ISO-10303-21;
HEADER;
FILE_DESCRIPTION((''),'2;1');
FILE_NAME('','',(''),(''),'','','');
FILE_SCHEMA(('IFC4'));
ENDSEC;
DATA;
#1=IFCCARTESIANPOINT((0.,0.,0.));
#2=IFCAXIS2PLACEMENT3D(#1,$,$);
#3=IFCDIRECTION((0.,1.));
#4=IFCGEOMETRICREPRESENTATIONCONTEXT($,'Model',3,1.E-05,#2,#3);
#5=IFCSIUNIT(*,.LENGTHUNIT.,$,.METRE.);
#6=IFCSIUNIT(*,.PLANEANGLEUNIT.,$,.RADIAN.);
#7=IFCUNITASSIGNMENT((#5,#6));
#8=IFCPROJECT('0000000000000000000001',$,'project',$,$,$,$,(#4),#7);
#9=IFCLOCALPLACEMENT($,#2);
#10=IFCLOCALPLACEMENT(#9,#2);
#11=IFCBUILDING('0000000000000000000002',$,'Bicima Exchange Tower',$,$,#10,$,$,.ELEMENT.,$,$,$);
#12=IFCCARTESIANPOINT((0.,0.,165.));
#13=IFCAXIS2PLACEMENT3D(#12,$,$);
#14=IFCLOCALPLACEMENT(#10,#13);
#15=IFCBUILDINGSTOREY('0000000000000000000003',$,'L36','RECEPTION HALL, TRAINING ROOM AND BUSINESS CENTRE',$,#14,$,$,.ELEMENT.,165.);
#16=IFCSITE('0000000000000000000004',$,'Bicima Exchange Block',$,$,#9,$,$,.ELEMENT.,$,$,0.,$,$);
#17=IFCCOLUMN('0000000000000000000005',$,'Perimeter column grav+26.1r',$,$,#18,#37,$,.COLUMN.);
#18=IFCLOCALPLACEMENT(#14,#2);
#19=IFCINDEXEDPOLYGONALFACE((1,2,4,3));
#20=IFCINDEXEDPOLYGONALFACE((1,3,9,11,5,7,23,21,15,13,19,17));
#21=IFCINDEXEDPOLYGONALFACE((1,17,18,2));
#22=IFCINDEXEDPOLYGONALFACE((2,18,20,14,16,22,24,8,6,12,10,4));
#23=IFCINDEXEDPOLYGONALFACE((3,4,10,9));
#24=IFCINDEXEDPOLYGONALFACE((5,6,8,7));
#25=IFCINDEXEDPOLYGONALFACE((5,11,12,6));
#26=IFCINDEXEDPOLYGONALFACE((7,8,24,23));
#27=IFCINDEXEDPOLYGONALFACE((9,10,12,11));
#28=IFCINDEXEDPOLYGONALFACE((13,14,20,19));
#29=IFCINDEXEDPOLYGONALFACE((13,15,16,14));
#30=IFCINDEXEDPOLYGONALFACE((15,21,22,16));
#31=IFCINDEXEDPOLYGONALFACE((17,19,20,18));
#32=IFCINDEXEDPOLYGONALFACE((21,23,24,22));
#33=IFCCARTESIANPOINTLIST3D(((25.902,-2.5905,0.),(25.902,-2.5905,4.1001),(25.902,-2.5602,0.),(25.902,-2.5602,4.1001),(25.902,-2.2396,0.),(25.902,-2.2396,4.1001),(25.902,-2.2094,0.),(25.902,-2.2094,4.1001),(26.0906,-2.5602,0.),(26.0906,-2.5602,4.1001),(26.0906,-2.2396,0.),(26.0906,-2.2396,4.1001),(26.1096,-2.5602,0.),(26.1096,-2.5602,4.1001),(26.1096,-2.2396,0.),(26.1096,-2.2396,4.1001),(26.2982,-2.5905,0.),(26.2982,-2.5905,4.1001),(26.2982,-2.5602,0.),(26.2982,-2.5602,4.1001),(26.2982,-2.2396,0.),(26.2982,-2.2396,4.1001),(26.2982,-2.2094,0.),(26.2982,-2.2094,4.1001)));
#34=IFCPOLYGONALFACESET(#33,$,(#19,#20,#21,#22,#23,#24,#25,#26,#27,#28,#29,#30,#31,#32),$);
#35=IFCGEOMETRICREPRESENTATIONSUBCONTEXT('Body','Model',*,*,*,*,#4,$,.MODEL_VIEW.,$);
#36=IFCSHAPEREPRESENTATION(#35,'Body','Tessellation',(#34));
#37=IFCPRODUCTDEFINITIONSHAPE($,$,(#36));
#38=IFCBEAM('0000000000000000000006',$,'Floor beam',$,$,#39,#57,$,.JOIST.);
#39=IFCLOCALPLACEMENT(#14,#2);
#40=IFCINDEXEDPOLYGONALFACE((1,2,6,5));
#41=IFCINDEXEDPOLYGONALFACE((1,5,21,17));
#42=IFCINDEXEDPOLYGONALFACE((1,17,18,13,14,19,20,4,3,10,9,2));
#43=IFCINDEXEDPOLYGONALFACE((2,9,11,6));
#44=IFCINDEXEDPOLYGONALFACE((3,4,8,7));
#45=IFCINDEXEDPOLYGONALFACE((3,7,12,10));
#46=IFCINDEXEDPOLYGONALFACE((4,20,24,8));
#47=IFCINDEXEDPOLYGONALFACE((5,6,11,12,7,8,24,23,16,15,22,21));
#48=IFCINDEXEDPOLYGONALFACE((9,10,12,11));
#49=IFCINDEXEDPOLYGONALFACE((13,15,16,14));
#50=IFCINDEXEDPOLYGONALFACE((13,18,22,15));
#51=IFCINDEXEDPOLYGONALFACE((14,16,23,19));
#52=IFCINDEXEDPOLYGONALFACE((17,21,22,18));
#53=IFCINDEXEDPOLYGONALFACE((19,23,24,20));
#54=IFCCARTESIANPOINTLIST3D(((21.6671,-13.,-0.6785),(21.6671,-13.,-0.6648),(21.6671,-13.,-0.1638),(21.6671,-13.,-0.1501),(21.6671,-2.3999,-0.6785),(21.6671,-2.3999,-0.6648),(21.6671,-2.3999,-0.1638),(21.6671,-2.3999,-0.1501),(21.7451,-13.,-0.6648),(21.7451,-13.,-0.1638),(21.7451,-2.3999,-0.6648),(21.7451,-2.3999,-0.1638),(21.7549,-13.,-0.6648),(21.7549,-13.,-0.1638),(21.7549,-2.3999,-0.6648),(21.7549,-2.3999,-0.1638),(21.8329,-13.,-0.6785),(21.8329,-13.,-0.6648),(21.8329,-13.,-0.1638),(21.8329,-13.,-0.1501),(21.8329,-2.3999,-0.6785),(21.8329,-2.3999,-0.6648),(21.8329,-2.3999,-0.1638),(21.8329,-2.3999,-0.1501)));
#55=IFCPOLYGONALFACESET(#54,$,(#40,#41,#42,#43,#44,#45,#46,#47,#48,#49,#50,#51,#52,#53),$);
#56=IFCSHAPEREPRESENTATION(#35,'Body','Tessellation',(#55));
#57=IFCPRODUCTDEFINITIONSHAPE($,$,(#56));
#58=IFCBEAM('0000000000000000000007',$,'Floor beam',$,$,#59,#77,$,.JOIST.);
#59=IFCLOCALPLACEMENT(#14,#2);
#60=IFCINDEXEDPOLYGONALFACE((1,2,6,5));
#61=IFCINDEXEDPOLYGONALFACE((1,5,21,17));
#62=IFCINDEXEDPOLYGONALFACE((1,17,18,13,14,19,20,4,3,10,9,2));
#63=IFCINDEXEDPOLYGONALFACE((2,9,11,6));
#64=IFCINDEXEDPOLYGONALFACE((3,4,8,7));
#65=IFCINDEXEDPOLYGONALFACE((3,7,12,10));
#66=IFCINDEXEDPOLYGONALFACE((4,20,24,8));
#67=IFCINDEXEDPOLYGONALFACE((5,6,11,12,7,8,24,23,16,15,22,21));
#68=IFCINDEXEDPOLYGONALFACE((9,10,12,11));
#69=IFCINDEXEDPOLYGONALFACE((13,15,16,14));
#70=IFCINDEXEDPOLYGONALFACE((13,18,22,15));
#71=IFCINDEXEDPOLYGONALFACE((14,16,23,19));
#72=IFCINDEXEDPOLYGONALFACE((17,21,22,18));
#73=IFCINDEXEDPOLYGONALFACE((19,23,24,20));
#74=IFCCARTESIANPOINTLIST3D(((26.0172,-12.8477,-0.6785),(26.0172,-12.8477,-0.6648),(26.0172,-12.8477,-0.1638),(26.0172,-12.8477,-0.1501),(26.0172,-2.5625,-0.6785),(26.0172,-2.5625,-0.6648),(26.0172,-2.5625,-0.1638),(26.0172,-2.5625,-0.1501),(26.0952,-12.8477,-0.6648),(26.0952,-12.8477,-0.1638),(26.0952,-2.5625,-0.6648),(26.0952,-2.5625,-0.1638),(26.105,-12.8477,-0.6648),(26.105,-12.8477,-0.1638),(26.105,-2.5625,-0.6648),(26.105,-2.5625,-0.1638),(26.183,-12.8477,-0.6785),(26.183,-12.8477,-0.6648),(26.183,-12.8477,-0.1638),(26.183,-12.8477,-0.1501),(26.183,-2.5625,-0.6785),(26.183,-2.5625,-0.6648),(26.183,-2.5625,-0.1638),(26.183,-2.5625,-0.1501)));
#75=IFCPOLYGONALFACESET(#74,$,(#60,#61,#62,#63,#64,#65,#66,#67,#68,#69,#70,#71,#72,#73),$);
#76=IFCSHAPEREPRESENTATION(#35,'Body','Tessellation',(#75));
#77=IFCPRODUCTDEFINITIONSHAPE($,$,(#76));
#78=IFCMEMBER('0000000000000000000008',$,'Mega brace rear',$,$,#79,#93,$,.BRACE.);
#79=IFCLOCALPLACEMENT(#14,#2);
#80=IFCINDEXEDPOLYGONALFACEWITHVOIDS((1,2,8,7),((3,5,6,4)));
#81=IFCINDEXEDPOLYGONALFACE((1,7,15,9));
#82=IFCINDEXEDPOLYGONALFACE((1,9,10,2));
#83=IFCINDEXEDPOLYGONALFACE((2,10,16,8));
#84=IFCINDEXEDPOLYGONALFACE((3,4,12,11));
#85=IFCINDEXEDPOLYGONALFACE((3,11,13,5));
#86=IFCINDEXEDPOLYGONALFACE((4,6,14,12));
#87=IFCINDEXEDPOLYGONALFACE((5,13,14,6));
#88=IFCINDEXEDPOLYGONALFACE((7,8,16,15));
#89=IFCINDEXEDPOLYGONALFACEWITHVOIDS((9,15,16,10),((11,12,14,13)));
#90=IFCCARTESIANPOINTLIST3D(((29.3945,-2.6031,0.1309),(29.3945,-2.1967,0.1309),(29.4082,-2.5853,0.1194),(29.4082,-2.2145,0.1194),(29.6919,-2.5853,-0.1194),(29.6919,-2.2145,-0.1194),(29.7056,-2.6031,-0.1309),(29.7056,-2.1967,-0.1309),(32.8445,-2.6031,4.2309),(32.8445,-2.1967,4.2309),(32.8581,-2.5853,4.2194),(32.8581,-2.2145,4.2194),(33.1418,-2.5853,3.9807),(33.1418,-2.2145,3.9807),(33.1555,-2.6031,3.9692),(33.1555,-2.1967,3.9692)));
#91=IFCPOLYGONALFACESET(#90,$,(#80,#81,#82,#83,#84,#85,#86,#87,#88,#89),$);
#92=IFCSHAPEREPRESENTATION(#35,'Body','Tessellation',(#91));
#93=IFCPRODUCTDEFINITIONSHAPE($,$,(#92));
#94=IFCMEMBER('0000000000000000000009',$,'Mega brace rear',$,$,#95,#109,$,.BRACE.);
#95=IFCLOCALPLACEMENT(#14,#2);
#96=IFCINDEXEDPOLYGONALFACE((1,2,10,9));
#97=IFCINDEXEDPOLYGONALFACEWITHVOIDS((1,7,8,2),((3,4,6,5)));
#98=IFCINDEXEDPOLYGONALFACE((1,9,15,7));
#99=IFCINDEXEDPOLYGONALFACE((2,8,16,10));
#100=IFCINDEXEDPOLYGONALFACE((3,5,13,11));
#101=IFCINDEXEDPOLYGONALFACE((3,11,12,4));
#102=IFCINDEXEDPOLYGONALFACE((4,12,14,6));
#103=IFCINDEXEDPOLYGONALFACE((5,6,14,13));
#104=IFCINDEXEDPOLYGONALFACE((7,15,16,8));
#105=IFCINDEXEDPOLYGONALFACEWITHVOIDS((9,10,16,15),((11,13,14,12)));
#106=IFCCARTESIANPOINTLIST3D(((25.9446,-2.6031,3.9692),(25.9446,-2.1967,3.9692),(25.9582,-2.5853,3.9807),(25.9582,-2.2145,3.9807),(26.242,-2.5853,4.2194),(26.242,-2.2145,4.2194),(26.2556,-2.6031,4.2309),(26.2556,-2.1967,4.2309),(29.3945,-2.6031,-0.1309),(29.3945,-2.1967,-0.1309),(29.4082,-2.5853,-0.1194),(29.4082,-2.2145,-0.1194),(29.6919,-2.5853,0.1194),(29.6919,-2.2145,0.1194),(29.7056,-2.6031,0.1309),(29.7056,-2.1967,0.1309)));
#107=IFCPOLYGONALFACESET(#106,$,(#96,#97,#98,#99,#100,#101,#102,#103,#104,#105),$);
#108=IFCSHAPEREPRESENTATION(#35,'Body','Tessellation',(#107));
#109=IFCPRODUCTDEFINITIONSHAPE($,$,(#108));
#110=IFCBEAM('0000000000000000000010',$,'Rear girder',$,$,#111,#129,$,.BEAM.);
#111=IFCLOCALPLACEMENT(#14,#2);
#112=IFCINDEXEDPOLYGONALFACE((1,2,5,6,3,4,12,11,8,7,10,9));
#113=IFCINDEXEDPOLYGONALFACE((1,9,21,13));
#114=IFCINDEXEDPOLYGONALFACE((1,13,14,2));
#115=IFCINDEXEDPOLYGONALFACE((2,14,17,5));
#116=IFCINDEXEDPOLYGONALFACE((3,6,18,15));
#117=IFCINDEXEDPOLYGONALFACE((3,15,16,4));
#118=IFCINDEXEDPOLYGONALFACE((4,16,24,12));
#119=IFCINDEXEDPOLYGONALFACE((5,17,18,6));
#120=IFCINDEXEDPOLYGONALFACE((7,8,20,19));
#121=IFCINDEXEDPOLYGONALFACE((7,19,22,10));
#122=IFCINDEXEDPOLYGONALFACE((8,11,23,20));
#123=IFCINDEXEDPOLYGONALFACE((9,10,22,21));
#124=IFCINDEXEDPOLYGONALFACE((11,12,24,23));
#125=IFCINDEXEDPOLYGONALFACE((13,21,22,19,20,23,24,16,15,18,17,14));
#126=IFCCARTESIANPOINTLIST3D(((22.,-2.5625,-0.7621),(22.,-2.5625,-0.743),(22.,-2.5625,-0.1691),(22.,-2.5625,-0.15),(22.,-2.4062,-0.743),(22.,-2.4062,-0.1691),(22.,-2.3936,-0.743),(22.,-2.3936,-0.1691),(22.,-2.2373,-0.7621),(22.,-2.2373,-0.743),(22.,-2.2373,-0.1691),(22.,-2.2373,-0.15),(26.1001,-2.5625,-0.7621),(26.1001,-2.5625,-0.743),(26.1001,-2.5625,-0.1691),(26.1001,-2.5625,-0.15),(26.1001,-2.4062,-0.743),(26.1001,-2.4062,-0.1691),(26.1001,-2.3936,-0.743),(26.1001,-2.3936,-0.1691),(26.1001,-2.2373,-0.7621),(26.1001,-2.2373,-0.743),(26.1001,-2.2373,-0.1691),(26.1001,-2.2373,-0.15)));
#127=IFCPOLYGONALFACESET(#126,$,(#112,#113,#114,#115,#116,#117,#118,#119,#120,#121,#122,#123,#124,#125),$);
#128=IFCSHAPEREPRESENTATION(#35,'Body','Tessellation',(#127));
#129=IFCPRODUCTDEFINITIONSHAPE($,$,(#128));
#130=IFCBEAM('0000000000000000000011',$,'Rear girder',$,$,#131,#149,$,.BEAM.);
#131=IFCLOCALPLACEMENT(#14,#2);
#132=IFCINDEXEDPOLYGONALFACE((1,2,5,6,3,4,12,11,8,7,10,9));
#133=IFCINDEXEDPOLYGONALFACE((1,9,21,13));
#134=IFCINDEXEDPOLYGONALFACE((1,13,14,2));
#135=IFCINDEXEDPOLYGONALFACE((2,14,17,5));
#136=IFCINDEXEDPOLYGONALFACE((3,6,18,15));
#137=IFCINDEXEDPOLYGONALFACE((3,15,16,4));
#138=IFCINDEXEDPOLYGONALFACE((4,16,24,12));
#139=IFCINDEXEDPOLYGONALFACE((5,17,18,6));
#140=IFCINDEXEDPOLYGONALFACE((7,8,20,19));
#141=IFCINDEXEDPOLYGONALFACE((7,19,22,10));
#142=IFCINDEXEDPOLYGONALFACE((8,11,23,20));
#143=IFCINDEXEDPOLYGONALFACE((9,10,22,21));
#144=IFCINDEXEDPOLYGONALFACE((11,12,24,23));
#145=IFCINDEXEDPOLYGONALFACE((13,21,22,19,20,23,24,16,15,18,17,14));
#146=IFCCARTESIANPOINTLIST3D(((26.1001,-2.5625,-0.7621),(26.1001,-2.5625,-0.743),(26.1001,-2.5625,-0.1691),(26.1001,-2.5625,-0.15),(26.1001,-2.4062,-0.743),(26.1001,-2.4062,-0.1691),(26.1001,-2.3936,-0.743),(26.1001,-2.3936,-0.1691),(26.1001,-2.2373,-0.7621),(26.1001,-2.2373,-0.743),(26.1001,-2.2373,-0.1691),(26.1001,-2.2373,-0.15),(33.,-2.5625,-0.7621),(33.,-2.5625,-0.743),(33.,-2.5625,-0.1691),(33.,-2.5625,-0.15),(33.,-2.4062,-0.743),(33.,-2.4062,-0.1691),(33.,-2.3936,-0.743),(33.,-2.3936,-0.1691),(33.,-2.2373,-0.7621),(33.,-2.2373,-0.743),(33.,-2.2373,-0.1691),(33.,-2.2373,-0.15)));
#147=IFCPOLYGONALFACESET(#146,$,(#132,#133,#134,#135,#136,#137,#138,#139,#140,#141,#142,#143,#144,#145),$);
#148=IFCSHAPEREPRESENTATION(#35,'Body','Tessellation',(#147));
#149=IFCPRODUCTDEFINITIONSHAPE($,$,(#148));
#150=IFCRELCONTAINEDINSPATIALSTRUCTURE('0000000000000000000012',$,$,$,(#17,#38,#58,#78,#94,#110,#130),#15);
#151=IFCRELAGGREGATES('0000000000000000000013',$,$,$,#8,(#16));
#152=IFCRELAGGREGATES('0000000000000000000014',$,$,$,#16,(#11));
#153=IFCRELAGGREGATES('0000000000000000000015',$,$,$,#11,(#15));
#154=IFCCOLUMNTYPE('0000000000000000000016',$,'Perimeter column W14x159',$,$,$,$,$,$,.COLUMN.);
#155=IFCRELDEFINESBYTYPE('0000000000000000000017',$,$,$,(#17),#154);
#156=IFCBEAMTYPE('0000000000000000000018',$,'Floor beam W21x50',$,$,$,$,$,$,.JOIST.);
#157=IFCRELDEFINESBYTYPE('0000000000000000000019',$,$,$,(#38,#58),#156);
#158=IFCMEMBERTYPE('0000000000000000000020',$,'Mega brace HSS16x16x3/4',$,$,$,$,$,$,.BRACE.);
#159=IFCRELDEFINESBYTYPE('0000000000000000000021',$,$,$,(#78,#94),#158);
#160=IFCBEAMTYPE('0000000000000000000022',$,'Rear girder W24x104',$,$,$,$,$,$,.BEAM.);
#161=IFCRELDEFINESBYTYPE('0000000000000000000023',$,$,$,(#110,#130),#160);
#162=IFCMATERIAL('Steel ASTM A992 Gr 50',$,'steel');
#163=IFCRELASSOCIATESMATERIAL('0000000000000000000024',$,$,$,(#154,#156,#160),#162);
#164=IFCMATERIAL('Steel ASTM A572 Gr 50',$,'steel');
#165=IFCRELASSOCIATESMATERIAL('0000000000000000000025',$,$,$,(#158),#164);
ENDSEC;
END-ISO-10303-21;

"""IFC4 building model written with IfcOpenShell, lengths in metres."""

from ifc_helpers import new_model, si_unit, direction, frame, origin, origin_2d, place, context, subcontext, project, spatial, hollow_rectangle, i_section, extrude, material, material_profile, profile_set, type_object, element, save


model = new_model("IFC4")

# Units and contexts
model_context = context("Model", 3, precision=1e-05, world=origin(), true_north=direction((0.0, 1.0)))
body_context = subcontext(model_context, "Body", "Model", "MODEL_VIEW")
ifc_project = project(units=[si_unit("LENGTHUNIT", "METRE"), si_unit("PLANEANGLEUNIT", "RADIAN")], contexts=[model_context])

# Site, building, storey
site_placement = place(None, origin())
site = spatial("IfcSite", under=ifc_project, at=site_placement, Name="Bicima Exchange Block", CompositionType="ELEMENT", RefElevation=0.0)
building_placement = place(site_placement, origin())
building = spatial("IfcBuilding", under=site, at=building_placement, Name="Bicima Exchange Tower", CompositionType="ELEMENT")
storey_placement = place(building_placement, frame((0.0, 0.0, 165.0)))
storey = spatial("IfcBuildingStorey", under=building, at=storey_placement, Name="L36", Description="RECEPTION HALL, TRAINING ROOM AND BUSINESS CENTRE", CompositionType="ELEMENT", Elevation=165.0)

# Column
ifc_material_1 = material(Name="Steel ASTM A992 Gr 50", Category="steel")
ifc_material_profile_1 = material_profile(ifc_material_1, i_section(OverallWidth=0.3962, OverallDepth=0.3811, WebThickness=0.019, FlangeThickness=0.0303, at=origin_2d()))
ifc_profile_set_1 = profile_set([ifc_material_profile_1], Name="Steel ASTM A992 Gr 50")
column_type = type_object("IfcColumnType", Name="Perimeter column W14x159", PredefinedType="COLUMN", material=ifc_profile_set_1)
column_placement = place(storey_placement, frame((26.1001, -2.3999, 0.0), z_axis=(0.0, 0.0, 1.0), x_axis=(1.0, 0.0, 0.0)))
element("IfcColumn", 1, at=column_placement, inside=storey, type_object=column_type, Name="Perimeter column grav+26.1r", PredefinedType="COLUMN", context=body_context, shape_type="SweptSolid", body=[
    extrude(i_section(OverallWidth=0.3962, OverallDepth=0.3811, WebThickness=0.019, FlangeThickness=0.0303, at=origin_2d()), origin(), (0.0, 0.0, 1.0), 4.1001),
])

# Beams
ifc_material_profile_2 = material_profile(ifc_material_1, i_section(OverallWidth=0.1658, OverallDepth=0.5283, WebThickness=0.0098, FlangeThickness=0.0137, at=origin_2d()))
ifc_profile_set_2 = profile_set([ifc_material_profile_2], Name="Steel ASTM A992 Gr 50")
beam_type_1 = type_object("IfcBeamType", Name="Floor beam W21x50", PredefinedType="JOIST", material=ifc_profile_set_2)
beam_1_placement = place(storey_placement, frame((21.75, -2.3999, -0.4143), z_axis=(0.0, -1.0, 0.0), x_axis=(1.0, 0.0, 0.0)))
element("IfcBeam", 2, at=beam_1_placement, inside=storey, type_object=beam_type_1, Name="Floor beam", PredefinedType="JOIST", context=body_context, shape_type="SweptSolid", body=[
    extrude(i_section(OverallWidth=0.1658, OverallDepth=0.5283, WebThickness=0.0098, FlangeThickness=0.0137, at=origin_2d()), origin(), (0.0, 0.0, 1.0), 10.6001),
])
beam_2_placement = place(storey_placement, frame((26.1001, -2.5625, -0.4143), z_axis=(0.0, -1.0, 0.0), x_axis=(1.0, 0.0, 0.0)))
element("IfcBeam", 3, at=beam_2_placement, inside=storey, type_object=beam_type_1, Name="Floor beam", PredefinedType="JOIST", context=body_context, shape_type="SweptSolid", body=[
    extrude(i_section(OverallWidth=0.1658, OverallDepth=0.5283, WebThickness=0.0098, FlangeThickness=0.0137, at=origin_2d()), origin(), (0.0, 0.0, 1.0), 10.2852),
])

# Members
ifc_material_2 = material(Name="Steel ASTM A572 Gr 50", Category="steel")
ifc_material_profile_3 = material_profile(ifc_material_2, hollow_rectangle(XDim=0.4065, YDim=0.4065, WallThickness=0.0178, at=origin_2d()))
ifc_profile_set_3 = profile_set([ifc_material_profile_3], Name="Steel ASTM A572 Gr 50")
member_type = type_object("IfcMemberType", Name="Mega brace HSS16x16x3/4", PredefinedType="BRACE", material=ifc_profile_set_3)
for number, where, z_axis, x_axis, name in (
    (4, (29.55, -2.3999, 0.0), (0.643834, 0.0, 0.765165), (0.0, 1.0, 0.0), "Mega brace rear"),
    (5, (29.55, -2.3999, 0.0), (-0.643834, 0.0, 0.765165), (0.0, -1.0, 0.0), "Mega brace rear"),
):
    element("IfcMember", number, at=place(storey_placement, frame(where, z_axis=z_axis, x_axis=x_axis)), inside=storey, type_object=member_type, Name=name, PredefinedType="BRACE", context=body_context, shape_type="SweptSolid", body=[
        extrude(hollow_rectangle(XDim=0.4065, YDim=0.4065, WallThickness=0.0178, at=origin_2d()), origin(), (0.0, 0.0, 1.0), 5.3584),
    ])

# Beams
ifc_material_profile_4 = material_profile(ifc_material_1, i_section(OverallWidth=0.3252, OverallDepth=0.6121, WebThickness=0.0127, FlangeThickness=0.019, at=origin_2d()))
ifc_profile_set_4 = profile_set([ifc_material_profile_4], Name="Steel ASTM A992 Gr 50")
beam_type_2 = type_object("IfcBeamType", Name="Rear girder W24x104", PredefinedType="BEAM", material=ifc_profile_set_4)
beam_3_placement = place(storey_placement, frame((22.0, -2.3999, -0.4561), z_axis=(1.0, 0.0, 0.0), x_axis=(0.0, 1.0, 0.0)))
element("IfcBeam", 6, at=beam_3_placement, inside=storey, type_object=beam_type_2, Name="Rear girder", PredefinedType="BEAM", context=body_context, shape_type="SweptSolid", body=[
    extrude(i_section(OverallWidth=0.3252, OverallDepth=0.6121, WebThickness=0.0127, FlangeThickness=0.019, at=origin_2d()), origin(), (0.0, 0.0, 1.0), 4.1001),
])
beam_4_placement = place(storey_placement, frame((26.1001, -2.3999, -0.4561), z_axis=(1.0, 0.0, 0.0), x_axis=(0.0, 1.0, 0.0)))
element("IfcBeam", 7, at=beam_4_placement, inside=storey, type_object=beam_type_2, Name="Rear girder", PredefinedType="BEAM", context=body_context, shape_type="SweptSolid", body=[
    extrude(i_section(OverallWidth=0.3252, OverallDepth=0.6121, WebThickness=0.0127, FlangeThickness=0.019, at=origin_2d()), origin(), (0.0, 0.0, 1.0), 6.8999),
])

save(model, "model.ifc")
